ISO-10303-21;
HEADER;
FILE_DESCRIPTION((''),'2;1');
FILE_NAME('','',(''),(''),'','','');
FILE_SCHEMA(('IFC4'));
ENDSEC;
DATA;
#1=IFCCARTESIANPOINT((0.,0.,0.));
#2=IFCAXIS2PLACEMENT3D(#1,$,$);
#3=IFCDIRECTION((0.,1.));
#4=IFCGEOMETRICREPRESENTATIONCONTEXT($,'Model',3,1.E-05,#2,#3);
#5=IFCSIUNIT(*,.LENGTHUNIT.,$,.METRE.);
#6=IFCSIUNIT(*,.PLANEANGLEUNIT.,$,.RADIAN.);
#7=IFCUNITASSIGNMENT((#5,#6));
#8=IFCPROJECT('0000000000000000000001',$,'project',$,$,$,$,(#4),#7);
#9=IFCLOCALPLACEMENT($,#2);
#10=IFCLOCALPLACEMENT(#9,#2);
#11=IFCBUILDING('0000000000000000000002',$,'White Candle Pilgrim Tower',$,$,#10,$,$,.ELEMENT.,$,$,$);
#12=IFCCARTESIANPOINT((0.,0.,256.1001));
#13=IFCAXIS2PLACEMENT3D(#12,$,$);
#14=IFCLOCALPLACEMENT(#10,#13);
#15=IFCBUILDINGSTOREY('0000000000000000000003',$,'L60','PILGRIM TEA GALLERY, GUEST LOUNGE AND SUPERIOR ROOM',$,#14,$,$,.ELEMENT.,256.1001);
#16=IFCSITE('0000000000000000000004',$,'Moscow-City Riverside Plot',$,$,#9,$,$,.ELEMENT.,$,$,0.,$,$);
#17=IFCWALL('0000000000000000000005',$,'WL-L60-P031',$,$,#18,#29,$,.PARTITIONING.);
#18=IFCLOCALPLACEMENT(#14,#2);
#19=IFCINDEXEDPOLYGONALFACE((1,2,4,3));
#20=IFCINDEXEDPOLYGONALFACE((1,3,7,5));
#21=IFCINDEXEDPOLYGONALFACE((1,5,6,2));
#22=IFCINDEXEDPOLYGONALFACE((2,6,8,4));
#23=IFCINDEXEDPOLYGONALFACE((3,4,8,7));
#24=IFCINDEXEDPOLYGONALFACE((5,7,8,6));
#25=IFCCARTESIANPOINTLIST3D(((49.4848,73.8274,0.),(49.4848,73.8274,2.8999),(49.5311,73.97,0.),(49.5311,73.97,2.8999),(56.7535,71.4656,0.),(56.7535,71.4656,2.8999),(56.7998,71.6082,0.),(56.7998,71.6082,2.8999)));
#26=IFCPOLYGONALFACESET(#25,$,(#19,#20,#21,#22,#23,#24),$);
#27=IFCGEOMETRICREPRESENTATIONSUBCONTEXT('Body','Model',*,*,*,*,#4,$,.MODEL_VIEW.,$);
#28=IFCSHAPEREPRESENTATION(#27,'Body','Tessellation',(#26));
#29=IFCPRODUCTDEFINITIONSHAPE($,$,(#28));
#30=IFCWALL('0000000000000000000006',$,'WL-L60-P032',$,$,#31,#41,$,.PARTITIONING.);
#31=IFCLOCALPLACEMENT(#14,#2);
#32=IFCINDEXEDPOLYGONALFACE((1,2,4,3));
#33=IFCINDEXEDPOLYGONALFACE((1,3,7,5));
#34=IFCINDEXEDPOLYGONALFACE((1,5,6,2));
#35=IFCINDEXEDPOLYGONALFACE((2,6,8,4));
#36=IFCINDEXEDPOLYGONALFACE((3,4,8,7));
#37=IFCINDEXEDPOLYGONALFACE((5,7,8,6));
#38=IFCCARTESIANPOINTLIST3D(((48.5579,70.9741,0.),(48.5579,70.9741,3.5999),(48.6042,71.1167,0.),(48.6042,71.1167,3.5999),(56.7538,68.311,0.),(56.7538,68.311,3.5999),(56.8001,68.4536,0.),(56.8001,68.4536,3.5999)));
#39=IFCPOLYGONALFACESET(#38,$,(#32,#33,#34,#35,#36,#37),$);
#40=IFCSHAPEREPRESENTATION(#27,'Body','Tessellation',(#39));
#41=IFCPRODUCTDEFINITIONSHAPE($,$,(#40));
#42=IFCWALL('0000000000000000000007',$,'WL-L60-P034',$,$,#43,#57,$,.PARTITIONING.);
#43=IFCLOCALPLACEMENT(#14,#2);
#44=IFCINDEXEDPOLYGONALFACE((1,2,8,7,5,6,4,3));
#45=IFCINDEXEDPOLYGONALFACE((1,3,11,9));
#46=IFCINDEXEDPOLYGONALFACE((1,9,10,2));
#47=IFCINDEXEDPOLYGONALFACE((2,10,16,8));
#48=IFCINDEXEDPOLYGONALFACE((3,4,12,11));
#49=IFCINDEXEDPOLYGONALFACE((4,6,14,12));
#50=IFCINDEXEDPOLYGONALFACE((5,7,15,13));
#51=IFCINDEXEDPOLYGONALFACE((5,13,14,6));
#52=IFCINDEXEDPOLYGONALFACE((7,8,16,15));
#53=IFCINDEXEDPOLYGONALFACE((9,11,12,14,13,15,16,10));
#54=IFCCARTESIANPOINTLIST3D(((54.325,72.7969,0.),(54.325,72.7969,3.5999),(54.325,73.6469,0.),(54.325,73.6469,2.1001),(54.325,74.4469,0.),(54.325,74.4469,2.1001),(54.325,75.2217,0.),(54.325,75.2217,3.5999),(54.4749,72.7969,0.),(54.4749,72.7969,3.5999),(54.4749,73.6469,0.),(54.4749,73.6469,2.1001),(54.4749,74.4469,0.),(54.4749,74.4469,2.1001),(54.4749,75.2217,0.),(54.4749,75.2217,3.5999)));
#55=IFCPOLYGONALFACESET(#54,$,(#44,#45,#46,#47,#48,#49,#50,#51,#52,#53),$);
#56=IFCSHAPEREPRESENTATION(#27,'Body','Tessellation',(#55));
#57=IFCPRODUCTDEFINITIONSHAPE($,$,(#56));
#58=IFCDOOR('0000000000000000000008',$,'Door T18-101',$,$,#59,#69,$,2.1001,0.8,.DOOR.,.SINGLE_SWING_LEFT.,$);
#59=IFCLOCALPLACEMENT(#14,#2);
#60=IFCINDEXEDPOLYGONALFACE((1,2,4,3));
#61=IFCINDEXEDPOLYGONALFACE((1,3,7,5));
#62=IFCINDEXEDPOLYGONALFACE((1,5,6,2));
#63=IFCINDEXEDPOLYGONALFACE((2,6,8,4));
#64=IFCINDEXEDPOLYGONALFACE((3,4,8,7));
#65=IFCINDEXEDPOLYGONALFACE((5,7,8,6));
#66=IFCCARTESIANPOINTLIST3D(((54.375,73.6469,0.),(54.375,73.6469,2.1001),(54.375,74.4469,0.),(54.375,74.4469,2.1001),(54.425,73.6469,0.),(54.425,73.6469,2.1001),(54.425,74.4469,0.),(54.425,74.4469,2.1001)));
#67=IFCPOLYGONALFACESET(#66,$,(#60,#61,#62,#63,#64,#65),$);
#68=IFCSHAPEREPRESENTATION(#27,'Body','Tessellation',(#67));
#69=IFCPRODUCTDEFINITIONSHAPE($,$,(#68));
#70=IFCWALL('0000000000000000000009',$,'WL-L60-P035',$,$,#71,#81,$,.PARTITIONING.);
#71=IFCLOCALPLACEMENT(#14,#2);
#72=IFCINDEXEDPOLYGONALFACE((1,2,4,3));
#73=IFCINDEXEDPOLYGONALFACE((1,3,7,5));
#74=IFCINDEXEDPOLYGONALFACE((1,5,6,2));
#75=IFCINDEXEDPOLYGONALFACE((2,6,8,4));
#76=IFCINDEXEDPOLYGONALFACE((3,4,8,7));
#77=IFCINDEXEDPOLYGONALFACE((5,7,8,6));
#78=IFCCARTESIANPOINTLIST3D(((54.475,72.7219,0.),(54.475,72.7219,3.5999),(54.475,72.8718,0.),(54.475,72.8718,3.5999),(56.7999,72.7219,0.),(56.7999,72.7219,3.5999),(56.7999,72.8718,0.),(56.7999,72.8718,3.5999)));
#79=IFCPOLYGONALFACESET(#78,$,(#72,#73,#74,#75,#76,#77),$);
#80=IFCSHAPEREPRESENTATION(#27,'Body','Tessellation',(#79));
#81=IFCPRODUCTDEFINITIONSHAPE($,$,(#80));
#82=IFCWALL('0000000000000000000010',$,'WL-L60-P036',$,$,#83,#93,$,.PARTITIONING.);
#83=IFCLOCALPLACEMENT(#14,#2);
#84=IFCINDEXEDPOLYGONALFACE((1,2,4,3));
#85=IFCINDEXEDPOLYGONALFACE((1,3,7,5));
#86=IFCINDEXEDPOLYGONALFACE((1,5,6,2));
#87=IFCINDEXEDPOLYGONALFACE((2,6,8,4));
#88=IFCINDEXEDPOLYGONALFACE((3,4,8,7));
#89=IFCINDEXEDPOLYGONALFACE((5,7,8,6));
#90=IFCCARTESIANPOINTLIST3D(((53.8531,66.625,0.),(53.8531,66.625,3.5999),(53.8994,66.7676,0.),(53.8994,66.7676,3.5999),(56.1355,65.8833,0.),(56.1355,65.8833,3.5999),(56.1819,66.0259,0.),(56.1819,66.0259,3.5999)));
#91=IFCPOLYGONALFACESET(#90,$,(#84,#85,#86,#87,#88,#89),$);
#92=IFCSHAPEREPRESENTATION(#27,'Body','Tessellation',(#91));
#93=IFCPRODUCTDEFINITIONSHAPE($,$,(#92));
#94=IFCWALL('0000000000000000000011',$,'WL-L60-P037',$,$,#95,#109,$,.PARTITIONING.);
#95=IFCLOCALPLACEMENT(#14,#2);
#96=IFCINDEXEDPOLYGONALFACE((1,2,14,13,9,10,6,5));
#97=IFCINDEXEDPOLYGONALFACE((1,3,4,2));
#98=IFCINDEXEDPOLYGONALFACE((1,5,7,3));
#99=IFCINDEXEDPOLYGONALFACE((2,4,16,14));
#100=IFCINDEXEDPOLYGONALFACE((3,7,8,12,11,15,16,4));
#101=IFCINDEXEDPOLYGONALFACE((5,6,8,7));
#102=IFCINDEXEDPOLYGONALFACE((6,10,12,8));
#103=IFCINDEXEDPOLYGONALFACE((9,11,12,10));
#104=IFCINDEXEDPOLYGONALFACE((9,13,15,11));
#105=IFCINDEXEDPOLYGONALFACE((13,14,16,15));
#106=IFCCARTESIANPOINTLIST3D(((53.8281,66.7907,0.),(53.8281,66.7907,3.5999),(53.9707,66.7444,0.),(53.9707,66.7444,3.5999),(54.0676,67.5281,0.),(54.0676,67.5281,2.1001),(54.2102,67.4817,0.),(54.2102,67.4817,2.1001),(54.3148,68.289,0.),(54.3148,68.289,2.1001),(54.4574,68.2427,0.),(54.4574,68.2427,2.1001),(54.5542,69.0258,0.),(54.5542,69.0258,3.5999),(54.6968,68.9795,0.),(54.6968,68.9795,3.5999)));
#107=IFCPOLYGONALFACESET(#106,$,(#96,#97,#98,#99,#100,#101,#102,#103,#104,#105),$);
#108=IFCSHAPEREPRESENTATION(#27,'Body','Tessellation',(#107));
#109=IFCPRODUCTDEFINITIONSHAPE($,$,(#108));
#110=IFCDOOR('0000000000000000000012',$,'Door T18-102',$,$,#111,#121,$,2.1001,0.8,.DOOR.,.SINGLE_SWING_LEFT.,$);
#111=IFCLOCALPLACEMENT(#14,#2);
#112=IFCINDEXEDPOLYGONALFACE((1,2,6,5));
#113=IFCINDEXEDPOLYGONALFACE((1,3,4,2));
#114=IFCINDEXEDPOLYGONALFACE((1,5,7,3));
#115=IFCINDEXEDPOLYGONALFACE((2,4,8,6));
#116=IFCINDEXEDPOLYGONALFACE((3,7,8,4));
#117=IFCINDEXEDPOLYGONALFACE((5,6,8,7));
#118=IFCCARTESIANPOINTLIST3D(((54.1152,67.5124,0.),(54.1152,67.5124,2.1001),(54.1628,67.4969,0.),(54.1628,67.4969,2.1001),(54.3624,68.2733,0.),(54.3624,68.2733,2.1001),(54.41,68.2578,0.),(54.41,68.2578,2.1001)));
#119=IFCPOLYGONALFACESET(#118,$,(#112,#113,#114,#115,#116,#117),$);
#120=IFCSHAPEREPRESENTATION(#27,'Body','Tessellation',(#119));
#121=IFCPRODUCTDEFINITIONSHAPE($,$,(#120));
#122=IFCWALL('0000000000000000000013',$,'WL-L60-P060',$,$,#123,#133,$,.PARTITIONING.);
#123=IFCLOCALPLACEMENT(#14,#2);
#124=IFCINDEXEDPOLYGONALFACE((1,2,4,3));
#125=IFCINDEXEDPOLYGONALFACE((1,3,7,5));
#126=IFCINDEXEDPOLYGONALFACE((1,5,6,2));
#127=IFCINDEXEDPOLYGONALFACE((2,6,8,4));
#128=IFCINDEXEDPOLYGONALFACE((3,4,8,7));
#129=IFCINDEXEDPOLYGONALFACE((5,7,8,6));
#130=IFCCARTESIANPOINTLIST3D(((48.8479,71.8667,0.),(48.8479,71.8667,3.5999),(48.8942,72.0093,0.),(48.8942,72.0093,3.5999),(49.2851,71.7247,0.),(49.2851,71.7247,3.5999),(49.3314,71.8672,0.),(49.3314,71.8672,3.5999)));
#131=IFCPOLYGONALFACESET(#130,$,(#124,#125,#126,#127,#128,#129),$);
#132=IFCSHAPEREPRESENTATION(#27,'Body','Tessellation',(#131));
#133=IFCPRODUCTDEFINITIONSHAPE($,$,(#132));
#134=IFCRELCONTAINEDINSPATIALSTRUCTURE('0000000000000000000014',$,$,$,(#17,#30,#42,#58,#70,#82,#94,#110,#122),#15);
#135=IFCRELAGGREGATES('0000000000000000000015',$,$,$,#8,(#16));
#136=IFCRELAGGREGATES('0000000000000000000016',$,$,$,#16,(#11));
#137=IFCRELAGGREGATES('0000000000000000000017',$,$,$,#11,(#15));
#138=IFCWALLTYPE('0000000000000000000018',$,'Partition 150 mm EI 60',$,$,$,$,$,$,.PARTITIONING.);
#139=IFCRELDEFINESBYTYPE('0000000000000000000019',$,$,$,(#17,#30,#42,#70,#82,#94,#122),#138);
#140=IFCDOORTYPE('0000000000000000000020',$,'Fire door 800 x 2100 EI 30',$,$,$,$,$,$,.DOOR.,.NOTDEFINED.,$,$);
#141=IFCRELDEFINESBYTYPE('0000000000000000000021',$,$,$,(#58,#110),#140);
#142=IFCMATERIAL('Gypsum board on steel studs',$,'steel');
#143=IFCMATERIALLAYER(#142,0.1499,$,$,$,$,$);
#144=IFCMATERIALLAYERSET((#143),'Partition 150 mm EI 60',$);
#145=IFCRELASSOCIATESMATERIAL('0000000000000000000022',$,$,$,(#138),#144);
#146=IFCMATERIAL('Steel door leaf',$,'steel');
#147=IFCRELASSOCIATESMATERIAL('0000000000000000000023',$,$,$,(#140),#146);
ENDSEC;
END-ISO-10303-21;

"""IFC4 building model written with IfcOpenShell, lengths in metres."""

from ifc_helpers import new_model, si_unit, direction, frame, frame_2d, origin, place, context, subcontext, project, spatial, rectangle, extrude, material, layer, layer_set, type_object, element, fill, save


model = new_model("IFC4")

# Units and contexts
model_context = context("Model", 3, precision=1e-05, world=origin(), true_north=direction((0.0, 1.0)))
body_context = subcontext(model_context, "Body", "Model", "MODEL_VIEW")
ifc_project = project(units=[si_unit("LENGTHUNIT", "METRE"), si_unit("PLANEANGLEUNIT", "RADIAN")], contexts=[model_context])

# Site, building, storey
site_placement = place(None, origin())
site = spatial("IfcSite", under=ifc_project, at=site_placement, Name="Moscow-City Riverside Plot", CompositionType="ELEMENT", RefElevation=0.0)
building_placement = place(site_placement, origin())
building = spatial("IfcBuilding", under=site, at=building_placement, Name="White Candle Pilgrim Tower", CompositionType="ELEMENT")
storey_placement = place(building_placement, frame((0.0, 0.0, 256.1001)))
storey = spatial("IfcBuildingStorey", under=building, at=storey_placement, Name="L60", Description="PILGRIM TEA GALLERY, GUEST LOUNGE AND SUPERIOR ROOM", CompositionType="ELEMENT", Elevation=256.1001)

# Shared definitions
ifc_material_1 = material(Name="Gypsum board on steel studs", Category="steel")
ifc_material_2 = material(Name="Steel door leaf", Category="steel")

# Walls
ifc_layer_1 = layer(ifc_material_1, 0.1499)
ifc_layer_set_1 = layer_set([ifc_layer_1], Name="Partition 150 mm EI 60")
wall_type_1 = type_object("IfcWallType", Name="Partition 150 mm EI 60", PredefinedType="PARTITIONING", material=ifc_layer_set_1)
wall_1_placement = place(storey_placement, frame((49.5081, 73.8987, 0.0), z_axis=(0.0, 0.0, 1.0), x_axis=(0.951055, -0.309022, 0.0)))
element("IfcWall", 1, at=wall_1_placement, inside=storey, type_object=wall_type_1, Name="WL-L60-P031", PredefinedType="PARTITIONING", context=body_context, shape_type="SweptSolid", body=[
    extrude(rectangle(XDim=7.6428, YDim=0.1499, at=frame_2d((3.8213, 0.0))), origin(), (0.0, 0.0, 1.0), 2.8999),
])
wall_2_placement = place(storey_placement, frame((48.5811, 71.0454, 0.0), z_axis=(0.0, 0.0, 1.0), x_axis=(0.951053, -0.309028, 0.0)))
element("IfcWall", 2, at=wall_2_placement, inside=storey, type_object=wall_type_1, Name="WL-L60-P032", PredefinedType="PARTITIONING", context=body_context, shape_type="SweptSolid", body=[
    extrude(rectangle(XDim=8.6177, YDim=0.1499, at=frame_2d((4.3088, 0.0))), origin(), (0.0, 0.0, 1.0), 3.5999),
])

# Wall, opening, door
wall_3_placement = place(storey_placement, frame((54.3999, 72.7969, 0.0), z_axis=(0.0, 0.0, 1.0), x_axis=(0.0, 1.0, 0.0)))
wall_3 = element("IfcWall", 3, at=wall_3_placement, inside=storey, type_object=wall_type_1, Name="WL-L60-P034", PredefinedType="PARTITIONING", context=body_context, shape_type="SweptSolid", body=[
    extrude(rectangle(XDim=2.4248, YDim=0.1499, at=frame_2d((1.2124, 0.0))), origin(), (0.0, 0.0, 1.0), 3.5999),
])
opening_1_placement = place(wall_3_placement, frame((0.8501, 0.0, 0.0)))
opening_1 = element("IfcOpeningElement", 4, at=opening_1_placement, cuts=wall_3, PredefinedType="OPENING", context=body_context, shape_type="SweptSolid", body=[
    extrude(rectangle(XDim=0.8, YDim=2.1001, at=frame_2d((0.3999, 1.05))), frame((0.0, 0.085, 0.0), z_axis=(0.0, -1.0, 0.0), x_axis=(1.0, 0.0, 0.0)), (0.0, 0.0, 1.0), 0.1699),
])
door_type_1 = type_object("IfcDoorType", Name="Fire door 800 x 2100 EI 30", OperationType="NOTDEFINED", PredefinedType="DOOR", material=ifc_material_2)
door_1_placement = place(opening_1_placement, origin())
door_1 = element("IfcDoor", 5, at=door_1_placement, inside=storey, type_object=door_type_1, Name="Door T18-101", OperationType="SINGLE_SWING_LEFT", OverallHeight=2.1001, OverallWidth=0.8, PredefinedType="DOOR", context=body_context, shape_type="SweptSolid", body=[
    extrude(rectangle(XDim=0.8, YDim=2.1001, at=frame_2d((0.3999, 1.05))), frame((0.0, 0.0249, 0.0), z_axis=(0.0, -1.0, 0.0), x_axis=(1.0, 0.0, 0.0)), (0.0, 0.0, 1.0), 0.05),
])
fill(opening_1, door_1)

# Walls
wall_4_placement = place(storey_placement, frame((56.8, 72.7969, 0.0), z_axis=(0.0, 0.0, 1.0), x_axis=(-1.0, 0.0, 0.0)))
element("IfcWall", 6, at=wall_4_placement, inside=storey, type_object=wall_type_1, Name="WL-L60-P035", PredefinedType="PARTITIONING", context=body_context, shape_type="SweptSolid", body=[
    extrude(rectangle(XDim=2.325, YDim=0.1499, at=frame_2d((1.1626, 0.0))), origin(), (0.0, 0.0, 1.0), 3.5999),
])
wall_5_placement = place(storey_placement, frame((56.1587, 65.9546, 0.0), z_axis=(0.0, 0.0, 1.0), x_axis=(-0.951047, 0.309047, 0.0)))
element("IfcWall", 7, at=wall_5_placement, inside=storey, type_object=wall_type_1, Name="WL-L60-P036", PredefinedType="PARTITIONING", context=body_context, shape_type="SweptSolid", body=[
    extrude(rectangle(XDim=2.3999, YDim=0.1499, at=frame_2d((1.2, 0.0))), origin(), (0.0, 0.0, 1.0), 3.5999),
])

# Wall, opening, door
wall_6_placement = place(storey_placement, frame((54.6255, 69.0027, 0.0), z_axis=(0.0, 0.0, 1.0), x_axis=(-0.308957, -0.951076, 0.0)))
wall_6 = element("IfcWall", 8, at=wall_6_placement, inside=storey, type_object=wall_type_1, Name="WL-L60-P037", PredefinedType="PARTITIONING", context=body_context, shape_type="SweptSolid", body=[
    extrude(rectangle(XDim=2.3501, YDim=0.1499, at=frame_2d((1.175, 0.0))), origin(), (0.0, 0.0, 1.0), 3.5999),
])
opening_2_placement = place(wall_6_placement, frame((0.7749, 0.0, 0.0)))
opening_2 = element("IfcOpeningElement", 9, at=opening_2_placement, cuts=wall_6, PredefinedType="OPENING", context=body_context, shape_type="SweptSolid", body=[
    extrude(rectangle(XDim=0.8, YDim=2.1001, at=frame_2d((0.3999, 1.05))), frame((0.0, 0.085, 0.0), z_axis=(0.0, -1.0, 0.0), x_axis=(1.0, 0.0, 0.0)), (0.0, 0.0, 1.0), 0.1699),
])
door_2_placement = place(opening_2_placement, frame((0.8, 0.0, 0.0), z_axis=(0.0, 0.0, 1.0), x_axis=(-1.0, 0.0, 0.0)))
door_2 = element("IfcDoor", 10, at=door_2_placement, inside=storey, type_object=door_type_1, Name="Door T18-102", OperationType="SINGLE_SWING_LEFT", OverallHeight=2.1001, OverallWidth=0.8, PredefinedType="DOOR", context=body_context, shape_type="SweptSolid", body=[
    extrude(rectangle(XDim=0.8, YDim=2.1001, at=frame_2d((0.3999, 1.05))), frame((0.0, 0.0249, 0.0), z_axis=(0.0, -1.0, 0.0), x_axis=(1.0, 0.0, 0.0)), (0.0, 0.0, 1.0), 0.05),
])
fill(opening_2, door_2)

# Wall
wall_7_placement = place(storey_placement, frame((49.3083, 71.7959, 0.0), z_axis=(0.0, 0.0, 1.0), x_axis=(-0.951046, 0.30905, 0.0)))
element("IfcWall", 11, at=wall_7_placement, inside=storey, type_object=wall_type_1, Name="WL-L60-P060", PredefinedType="PARTITIONING", context=body_context, shape_type="SweptSolid", body=[
    extrude(rectangle(XDim=0.4597, YDim=0.1499, at=frame_2d((0.23, 0.0))), origin(), (0.0, 0.0, 1.0), 3.5999),
])

save(model, "model.ifc")
